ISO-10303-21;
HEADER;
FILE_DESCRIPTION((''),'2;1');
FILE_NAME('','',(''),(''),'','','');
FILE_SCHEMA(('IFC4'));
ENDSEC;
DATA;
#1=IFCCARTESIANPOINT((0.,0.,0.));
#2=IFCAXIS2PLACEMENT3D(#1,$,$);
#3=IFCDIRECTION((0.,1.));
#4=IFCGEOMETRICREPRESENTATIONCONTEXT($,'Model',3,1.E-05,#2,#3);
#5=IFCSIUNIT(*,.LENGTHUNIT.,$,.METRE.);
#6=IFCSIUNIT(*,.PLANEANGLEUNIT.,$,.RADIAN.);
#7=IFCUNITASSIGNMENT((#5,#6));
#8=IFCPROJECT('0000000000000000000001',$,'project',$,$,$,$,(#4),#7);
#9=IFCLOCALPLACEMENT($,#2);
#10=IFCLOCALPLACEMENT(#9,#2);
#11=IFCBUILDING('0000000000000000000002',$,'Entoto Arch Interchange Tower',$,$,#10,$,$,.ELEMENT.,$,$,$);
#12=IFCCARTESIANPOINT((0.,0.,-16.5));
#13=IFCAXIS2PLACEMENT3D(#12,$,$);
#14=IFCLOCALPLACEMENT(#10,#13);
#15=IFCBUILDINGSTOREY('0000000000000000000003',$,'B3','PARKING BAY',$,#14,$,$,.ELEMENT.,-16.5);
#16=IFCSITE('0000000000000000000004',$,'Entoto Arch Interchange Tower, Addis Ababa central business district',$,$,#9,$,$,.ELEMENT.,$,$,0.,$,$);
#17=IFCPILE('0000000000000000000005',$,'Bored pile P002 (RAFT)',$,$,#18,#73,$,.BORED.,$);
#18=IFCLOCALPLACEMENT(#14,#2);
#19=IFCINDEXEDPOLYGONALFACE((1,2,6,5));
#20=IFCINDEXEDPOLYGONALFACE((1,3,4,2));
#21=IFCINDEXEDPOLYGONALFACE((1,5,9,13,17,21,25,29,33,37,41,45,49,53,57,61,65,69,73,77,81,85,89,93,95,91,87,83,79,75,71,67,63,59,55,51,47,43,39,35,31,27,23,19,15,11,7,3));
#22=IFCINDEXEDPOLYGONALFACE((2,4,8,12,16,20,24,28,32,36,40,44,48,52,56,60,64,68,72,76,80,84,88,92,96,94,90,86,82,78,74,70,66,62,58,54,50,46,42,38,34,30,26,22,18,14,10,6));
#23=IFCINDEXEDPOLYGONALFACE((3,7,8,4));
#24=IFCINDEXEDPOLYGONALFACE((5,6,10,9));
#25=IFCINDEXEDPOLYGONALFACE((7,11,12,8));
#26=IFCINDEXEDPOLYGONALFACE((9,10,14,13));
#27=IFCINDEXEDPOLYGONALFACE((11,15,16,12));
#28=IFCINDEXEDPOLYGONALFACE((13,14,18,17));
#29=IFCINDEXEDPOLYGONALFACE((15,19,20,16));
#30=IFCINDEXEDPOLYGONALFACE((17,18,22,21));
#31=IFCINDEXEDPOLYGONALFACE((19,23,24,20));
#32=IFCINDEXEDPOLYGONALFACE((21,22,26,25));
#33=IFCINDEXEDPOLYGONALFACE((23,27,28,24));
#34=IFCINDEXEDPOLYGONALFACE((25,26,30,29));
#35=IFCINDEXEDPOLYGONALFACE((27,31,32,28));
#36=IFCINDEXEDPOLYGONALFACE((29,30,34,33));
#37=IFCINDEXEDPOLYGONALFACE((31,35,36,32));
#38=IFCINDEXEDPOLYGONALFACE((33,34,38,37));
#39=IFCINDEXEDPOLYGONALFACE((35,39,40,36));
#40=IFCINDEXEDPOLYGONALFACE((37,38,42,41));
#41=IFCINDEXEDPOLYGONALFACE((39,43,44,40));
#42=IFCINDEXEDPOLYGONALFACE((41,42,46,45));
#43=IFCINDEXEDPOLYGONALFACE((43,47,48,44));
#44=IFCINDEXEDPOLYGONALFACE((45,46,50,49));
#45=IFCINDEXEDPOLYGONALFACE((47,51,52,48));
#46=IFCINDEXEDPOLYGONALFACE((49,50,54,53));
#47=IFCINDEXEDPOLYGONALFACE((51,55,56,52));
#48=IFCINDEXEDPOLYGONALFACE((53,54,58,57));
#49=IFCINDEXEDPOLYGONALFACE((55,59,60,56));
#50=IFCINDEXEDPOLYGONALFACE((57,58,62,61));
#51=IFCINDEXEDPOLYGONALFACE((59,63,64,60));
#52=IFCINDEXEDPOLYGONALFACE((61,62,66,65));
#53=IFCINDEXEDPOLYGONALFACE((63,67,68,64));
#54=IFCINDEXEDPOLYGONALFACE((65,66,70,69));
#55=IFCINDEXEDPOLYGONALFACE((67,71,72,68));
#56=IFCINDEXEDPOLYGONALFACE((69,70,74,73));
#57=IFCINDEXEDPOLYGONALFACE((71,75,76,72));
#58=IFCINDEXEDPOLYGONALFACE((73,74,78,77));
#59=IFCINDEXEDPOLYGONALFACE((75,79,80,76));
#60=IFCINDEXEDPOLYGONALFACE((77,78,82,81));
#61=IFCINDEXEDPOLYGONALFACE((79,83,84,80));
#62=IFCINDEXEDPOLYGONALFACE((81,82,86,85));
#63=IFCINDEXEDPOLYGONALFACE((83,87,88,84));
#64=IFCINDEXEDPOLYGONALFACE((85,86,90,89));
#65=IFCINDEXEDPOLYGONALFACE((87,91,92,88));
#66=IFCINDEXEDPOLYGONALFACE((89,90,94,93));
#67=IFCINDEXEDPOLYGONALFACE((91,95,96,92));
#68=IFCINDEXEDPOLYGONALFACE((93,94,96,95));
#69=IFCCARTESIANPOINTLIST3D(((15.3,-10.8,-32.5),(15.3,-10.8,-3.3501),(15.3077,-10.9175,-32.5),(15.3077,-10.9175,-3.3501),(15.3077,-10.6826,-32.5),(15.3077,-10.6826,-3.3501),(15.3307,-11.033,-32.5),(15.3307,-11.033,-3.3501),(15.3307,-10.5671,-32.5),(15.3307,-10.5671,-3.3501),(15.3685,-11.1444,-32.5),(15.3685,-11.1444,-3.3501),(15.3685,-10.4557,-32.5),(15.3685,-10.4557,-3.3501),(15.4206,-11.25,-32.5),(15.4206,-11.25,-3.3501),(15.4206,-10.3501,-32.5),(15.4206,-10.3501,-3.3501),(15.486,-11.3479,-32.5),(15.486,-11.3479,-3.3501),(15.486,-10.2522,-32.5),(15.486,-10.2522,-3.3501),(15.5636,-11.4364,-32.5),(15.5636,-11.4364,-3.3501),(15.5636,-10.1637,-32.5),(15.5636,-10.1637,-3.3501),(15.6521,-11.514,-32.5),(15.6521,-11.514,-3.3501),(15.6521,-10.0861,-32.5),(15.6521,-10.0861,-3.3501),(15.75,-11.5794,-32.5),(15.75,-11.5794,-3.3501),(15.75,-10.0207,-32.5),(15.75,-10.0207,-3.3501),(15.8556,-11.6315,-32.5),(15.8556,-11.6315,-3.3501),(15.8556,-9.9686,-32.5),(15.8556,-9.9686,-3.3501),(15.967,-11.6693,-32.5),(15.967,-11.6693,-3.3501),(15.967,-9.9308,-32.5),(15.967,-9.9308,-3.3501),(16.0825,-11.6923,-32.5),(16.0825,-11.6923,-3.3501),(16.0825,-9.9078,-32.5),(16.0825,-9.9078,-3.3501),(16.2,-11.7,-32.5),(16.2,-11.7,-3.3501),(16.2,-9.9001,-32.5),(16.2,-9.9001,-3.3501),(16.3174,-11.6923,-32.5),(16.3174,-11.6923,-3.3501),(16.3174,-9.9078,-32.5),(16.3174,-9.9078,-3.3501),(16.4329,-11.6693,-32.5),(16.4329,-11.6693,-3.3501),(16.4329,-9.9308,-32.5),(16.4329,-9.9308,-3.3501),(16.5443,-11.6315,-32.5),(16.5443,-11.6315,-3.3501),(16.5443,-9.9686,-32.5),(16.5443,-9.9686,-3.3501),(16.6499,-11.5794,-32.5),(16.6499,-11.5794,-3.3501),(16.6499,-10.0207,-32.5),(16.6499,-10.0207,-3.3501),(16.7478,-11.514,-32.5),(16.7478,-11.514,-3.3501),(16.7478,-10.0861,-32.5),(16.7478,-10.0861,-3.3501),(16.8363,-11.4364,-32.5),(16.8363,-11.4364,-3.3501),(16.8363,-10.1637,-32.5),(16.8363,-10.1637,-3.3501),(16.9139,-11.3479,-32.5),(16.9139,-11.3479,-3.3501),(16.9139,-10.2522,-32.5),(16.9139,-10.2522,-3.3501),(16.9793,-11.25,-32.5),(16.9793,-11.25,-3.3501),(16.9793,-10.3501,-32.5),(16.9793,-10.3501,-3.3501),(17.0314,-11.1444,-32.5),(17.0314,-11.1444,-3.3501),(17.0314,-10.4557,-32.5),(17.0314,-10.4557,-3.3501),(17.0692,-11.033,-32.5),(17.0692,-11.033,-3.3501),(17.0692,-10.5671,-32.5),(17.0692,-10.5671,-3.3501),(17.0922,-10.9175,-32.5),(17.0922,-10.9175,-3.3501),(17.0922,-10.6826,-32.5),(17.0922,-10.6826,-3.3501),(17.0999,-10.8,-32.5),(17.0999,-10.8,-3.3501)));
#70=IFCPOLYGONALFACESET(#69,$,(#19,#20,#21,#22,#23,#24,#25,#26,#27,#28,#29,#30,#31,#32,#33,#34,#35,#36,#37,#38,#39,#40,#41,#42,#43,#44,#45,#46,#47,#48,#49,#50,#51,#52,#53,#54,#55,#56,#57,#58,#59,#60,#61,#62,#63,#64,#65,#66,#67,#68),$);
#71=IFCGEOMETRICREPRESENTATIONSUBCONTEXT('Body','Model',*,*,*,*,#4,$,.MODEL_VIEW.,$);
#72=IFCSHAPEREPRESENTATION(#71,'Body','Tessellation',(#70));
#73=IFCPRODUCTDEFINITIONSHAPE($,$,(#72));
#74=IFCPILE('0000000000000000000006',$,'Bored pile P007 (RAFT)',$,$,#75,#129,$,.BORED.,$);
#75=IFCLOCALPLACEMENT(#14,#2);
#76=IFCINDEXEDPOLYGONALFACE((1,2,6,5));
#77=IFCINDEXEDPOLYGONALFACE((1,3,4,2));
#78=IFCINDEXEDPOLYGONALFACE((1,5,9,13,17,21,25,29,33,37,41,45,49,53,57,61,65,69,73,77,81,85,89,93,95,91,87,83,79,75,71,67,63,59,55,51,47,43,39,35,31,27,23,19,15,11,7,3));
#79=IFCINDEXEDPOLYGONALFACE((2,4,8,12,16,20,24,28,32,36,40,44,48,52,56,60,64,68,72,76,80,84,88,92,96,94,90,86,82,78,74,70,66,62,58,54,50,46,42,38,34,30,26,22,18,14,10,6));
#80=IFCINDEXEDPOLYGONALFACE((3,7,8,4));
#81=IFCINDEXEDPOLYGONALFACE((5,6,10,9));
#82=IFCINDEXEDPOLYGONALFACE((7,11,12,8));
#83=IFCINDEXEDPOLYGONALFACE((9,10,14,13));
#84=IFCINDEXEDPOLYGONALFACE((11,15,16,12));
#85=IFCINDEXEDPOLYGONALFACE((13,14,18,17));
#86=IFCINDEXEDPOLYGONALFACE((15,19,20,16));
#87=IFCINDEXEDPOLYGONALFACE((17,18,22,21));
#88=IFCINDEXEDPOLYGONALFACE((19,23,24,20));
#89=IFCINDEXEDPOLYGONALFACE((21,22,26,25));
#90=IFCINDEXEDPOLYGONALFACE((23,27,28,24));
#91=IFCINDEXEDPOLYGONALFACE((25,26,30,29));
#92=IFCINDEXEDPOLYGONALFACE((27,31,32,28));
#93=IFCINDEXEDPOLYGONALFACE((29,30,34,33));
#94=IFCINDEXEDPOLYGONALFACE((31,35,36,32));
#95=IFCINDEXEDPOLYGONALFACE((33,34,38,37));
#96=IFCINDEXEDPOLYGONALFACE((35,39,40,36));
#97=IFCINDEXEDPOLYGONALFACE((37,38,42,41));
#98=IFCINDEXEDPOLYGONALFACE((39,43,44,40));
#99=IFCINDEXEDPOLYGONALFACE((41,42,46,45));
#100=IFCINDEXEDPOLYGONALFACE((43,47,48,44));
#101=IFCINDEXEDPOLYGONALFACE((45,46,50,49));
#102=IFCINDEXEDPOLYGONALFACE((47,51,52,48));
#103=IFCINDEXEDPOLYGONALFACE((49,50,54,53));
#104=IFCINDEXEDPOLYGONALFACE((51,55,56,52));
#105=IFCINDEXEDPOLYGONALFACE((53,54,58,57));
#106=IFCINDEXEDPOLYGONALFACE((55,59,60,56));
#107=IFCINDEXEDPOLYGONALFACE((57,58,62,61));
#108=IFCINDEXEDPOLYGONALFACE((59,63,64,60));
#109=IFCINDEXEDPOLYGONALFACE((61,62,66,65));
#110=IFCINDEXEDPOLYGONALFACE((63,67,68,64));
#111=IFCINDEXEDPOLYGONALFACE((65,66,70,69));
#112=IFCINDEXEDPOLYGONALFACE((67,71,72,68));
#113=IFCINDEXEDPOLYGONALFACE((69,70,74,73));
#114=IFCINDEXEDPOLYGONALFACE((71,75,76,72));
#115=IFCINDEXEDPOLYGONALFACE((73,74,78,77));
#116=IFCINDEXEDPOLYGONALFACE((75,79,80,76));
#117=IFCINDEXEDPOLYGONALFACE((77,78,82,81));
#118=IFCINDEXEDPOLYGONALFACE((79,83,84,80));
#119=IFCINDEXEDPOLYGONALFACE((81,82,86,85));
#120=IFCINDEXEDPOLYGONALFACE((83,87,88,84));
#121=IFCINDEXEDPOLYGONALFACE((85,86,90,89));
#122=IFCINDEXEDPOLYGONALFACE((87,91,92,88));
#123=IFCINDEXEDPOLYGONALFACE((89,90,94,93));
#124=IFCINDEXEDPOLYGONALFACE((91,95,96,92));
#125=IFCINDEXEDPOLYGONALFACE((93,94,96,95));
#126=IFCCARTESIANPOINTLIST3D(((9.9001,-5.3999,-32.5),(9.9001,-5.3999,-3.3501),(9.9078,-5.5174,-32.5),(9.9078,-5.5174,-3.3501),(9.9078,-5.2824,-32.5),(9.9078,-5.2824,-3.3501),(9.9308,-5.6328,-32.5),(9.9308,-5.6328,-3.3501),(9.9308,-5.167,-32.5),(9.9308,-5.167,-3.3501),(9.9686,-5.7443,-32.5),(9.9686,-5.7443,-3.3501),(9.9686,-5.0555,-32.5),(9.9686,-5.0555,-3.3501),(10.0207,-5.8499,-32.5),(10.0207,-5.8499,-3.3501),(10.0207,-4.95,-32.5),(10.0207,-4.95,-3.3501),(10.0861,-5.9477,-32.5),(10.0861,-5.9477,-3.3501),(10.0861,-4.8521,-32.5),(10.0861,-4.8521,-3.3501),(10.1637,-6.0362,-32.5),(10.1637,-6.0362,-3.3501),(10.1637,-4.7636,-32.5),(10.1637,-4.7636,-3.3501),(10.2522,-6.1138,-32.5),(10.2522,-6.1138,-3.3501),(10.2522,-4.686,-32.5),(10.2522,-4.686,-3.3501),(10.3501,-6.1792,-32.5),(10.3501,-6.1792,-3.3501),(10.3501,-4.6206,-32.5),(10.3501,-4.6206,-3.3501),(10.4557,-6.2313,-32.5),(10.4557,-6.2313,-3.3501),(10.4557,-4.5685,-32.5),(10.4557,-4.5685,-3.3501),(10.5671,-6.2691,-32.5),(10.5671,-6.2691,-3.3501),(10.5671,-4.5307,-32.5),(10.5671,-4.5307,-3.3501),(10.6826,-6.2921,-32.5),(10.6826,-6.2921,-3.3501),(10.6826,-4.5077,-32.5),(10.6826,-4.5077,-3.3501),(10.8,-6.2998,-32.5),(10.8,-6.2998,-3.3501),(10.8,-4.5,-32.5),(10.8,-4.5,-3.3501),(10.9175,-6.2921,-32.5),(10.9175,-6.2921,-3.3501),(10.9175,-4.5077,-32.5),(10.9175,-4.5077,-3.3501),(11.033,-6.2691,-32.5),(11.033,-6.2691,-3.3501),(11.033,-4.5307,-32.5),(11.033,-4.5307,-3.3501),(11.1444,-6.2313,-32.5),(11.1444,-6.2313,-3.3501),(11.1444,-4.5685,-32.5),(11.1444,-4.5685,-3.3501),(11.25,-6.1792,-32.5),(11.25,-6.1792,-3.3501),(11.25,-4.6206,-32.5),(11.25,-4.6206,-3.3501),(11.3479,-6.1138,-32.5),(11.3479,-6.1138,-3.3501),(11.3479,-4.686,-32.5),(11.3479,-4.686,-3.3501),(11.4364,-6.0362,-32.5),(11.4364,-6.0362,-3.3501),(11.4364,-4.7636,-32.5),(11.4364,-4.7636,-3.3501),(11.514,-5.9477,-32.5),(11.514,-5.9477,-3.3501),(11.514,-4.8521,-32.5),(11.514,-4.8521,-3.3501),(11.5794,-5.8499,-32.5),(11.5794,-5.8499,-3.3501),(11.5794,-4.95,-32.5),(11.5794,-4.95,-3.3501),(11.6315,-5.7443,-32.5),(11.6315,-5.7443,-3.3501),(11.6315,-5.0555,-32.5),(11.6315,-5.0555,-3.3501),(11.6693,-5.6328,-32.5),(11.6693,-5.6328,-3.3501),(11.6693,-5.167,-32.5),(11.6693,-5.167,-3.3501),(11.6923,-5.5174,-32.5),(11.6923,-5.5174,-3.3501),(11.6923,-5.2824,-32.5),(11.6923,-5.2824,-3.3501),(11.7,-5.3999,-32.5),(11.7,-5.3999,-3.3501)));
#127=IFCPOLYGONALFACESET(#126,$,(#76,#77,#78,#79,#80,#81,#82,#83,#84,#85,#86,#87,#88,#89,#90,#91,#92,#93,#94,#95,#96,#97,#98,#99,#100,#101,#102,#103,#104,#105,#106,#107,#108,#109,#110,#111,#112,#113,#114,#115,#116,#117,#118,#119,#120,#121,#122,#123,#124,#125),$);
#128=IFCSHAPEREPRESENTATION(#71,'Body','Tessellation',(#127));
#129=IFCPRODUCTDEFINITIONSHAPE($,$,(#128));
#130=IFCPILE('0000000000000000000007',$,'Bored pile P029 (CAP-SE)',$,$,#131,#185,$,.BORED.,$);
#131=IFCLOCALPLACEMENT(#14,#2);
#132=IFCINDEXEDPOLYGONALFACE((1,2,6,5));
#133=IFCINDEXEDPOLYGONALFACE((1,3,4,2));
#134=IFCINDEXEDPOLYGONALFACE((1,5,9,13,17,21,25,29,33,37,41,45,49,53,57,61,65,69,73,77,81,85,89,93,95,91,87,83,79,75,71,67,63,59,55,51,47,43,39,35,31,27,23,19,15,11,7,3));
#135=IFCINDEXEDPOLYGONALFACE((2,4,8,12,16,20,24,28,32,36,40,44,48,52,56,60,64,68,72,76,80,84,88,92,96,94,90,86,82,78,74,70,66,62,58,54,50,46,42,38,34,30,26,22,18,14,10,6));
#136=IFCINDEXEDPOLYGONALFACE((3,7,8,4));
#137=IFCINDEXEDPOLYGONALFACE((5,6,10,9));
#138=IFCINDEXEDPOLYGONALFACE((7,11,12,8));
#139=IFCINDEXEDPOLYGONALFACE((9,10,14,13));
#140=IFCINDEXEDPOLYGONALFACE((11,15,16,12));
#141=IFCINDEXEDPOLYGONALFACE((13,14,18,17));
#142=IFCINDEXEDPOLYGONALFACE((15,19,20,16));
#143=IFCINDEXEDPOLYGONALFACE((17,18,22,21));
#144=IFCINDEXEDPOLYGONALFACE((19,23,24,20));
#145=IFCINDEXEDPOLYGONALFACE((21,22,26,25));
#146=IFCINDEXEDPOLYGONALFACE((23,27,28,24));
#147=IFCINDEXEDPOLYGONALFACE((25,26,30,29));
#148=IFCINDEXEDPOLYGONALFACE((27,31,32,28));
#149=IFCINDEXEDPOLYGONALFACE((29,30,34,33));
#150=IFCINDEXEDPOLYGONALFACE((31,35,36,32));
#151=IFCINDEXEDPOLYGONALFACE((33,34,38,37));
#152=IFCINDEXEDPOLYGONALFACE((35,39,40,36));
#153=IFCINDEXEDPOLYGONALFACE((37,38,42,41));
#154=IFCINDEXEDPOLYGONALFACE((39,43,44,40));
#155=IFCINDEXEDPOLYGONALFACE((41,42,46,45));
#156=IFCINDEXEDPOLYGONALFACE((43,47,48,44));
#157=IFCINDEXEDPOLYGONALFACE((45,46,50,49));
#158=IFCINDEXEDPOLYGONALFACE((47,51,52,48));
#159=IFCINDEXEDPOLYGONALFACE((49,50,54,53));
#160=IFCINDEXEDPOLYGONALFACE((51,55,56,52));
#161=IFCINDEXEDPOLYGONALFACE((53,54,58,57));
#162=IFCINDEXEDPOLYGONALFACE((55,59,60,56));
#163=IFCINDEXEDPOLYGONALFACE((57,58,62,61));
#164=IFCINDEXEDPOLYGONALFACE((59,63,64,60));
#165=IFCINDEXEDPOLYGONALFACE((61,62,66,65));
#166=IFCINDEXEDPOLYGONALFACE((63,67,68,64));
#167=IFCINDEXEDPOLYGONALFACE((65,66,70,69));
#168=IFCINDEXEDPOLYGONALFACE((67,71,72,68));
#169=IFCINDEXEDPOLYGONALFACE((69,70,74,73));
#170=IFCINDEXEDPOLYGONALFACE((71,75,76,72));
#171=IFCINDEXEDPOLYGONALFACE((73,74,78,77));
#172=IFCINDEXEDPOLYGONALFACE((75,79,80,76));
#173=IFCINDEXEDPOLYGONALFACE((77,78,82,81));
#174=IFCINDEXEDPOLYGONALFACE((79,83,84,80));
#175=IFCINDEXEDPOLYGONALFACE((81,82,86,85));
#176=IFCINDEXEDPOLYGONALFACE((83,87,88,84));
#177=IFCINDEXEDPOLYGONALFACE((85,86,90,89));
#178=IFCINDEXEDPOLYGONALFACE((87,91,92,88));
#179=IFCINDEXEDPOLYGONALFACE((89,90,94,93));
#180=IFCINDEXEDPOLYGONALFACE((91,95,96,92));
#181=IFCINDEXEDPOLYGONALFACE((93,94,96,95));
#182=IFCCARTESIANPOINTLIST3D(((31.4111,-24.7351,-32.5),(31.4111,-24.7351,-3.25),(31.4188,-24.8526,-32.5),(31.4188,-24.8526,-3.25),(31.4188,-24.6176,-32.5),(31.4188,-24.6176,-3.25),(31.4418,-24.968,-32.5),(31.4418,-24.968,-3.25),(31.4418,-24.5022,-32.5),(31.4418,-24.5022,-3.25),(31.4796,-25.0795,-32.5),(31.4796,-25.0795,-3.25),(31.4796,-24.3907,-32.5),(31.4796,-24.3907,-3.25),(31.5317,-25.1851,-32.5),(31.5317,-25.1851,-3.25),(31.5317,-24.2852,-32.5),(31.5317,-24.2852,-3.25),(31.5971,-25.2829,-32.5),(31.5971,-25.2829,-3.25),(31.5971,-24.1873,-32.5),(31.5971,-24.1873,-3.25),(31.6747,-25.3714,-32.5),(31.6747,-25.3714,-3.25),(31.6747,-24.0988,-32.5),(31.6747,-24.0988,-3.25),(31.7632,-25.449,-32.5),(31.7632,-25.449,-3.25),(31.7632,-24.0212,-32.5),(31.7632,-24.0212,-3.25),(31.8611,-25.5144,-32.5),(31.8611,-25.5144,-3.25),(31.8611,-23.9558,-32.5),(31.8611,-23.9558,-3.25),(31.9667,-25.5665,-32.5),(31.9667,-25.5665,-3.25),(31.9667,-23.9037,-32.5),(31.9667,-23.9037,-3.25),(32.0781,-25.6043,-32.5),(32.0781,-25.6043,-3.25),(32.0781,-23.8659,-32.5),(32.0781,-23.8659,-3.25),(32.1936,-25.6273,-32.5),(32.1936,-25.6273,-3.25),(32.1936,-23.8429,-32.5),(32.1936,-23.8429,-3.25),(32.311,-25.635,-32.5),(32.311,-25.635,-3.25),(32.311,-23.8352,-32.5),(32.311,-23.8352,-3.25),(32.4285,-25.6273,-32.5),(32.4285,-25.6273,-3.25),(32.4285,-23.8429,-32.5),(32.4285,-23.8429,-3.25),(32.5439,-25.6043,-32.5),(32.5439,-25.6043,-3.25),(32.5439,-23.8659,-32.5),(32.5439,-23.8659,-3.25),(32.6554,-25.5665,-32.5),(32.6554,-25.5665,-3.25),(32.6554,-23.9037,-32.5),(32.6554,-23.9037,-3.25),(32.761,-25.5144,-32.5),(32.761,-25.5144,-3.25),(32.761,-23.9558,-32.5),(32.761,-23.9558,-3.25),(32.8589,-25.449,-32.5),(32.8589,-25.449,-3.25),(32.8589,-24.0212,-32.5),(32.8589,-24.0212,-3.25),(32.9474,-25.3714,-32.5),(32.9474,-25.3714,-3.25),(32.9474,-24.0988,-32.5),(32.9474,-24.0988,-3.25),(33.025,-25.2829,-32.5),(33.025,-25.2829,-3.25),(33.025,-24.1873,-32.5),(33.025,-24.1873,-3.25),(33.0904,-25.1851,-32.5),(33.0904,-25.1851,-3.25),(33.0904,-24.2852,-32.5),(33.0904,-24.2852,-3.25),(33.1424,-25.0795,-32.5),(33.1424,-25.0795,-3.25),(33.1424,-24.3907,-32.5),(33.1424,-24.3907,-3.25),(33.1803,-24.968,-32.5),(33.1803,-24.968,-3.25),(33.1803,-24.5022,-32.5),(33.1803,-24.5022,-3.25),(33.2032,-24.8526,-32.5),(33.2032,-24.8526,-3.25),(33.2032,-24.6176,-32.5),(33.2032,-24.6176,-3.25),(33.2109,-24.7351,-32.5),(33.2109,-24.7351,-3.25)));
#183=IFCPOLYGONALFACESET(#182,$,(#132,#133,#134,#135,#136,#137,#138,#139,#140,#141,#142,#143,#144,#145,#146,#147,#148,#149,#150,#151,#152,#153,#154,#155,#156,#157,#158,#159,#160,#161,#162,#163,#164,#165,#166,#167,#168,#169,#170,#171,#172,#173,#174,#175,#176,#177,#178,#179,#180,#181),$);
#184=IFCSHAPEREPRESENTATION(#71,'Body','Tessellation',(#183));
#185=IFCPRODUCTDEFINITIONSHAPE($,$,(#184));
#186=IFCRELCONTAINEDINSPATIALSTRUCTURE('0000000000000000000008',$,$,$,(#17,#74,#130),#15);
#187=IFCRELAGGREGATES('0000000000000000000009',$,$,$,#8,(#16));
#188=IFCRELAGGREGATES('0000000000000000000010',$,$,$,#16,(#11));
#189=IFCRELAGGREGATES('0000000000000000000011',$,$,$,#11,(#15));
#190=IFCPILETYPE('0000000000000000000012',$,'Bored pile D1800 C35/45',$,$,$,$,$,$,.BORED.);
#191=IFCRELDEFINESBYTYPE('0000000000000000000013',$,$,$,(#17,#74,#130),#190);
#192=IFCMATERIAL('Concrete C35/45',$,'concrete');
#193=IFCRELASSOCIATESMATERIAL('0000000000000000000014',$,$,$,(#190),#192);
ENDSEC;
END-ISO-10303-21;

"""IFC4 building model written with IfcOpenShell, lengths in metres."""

from ifc_helpers import new_model, si_unit, direction, frame, origin, origin_2d, place, context, subcontext, project, spatial, circle, extrude, material, material_profile, profile_set, type_object, element, save


model = new_model("IFC4")

# Units and contexts
model_context = context("Model", 3, precision=1e-05, world=origin(), true_north=direction((0.0, 1.0)))
body_context = subcontext(model_context, "Body", "Model", "MODEL_VIEW")
ifc_project = project(units=[si_unit("LENGTHUNIT", "METRE"), si_unit("PLANEANGLEUNIT", "RADIAN")], contexts=[model_context])

# Site, building, storey
site_placement = place(None, origin())
site = spatial("IfcSite", under=ifc_project, at=site_placement, Name="Entoto Arch Interchange Tower, Addis Ababa central business district", CompositionType="ELEMENT", RefElevation=0.0)
building_placement = place(site_placement, origin())
building = spatial("IfcBuilding", under=site, at=building_placement, Name="Entoto Arch Interchange Tower", CompositionType="ELEMENT")
storey_placement = place(building_placement, frame((0.0, 0.0, -16.5)))
storey = spatial("IfcBuildingStorey", under=building, at=storey_placement, Name="B3", Description="PARKING BAY", CompositionType="ELEMENT", Elevation=-16.5)

# Piles
ifc_material_1 = material(Name="Concrete C35/45", Category="concrete")
ifc_material_profile_1 = material_profile(ifc_material_1, circle(Radius=0.8999, at=origin_2d()))
ifc_profile_set_1 = profile_set([ifc_material_profile_1], Name="Concrete C35/45")
pile_type = type_object("IfcPileType", Name="Bored pile D1800 C35/45", PredefinedType="BORED", material=ifc_profile_set_1)
for number, where, z_axis, x_axis, name in (
    (1, (16.2, -10.8, -3.3501), (0.0, 0.0, -1.0), (1.0, 0.0, 0.0), "Bored pile P002 (RAFT)"),
    (2, (10.8, -5.3999, -3.3501), (0.0, 0.0, -1.0), (1.0, 0.0, 0.0), "Bored pile P007 (RAFT)"),
):
    element("IfcPile", number, at=place(storey_placement, frame(where, z_axis=z_axis, x_axis=x_axis)), inside=storey, type_object=pile_type, Name=name, PredefinedType="BORED", context=body_context, shape_type="SweptSolid", body=[
        extrude(circle(Radius=0.8999, at=origin_2d()), origin(), (0.0, 0.0, 1.0), 29.1499),
    ])
for number, where, z_axis, x_axis, name in (
    (3, (32.311, -24.7351, -3.25), (0.0, 0.0, -1.0), (1.0, 0.0, 0.0), "Bored pile P029 (CAP-SE)"),
):
    element("IfcPile", number, at=place(storey_placement, frame(where, z_axis=z_axis, x_axis=x_axis)), inside=storey, type_object=pile_type, Name=name, PredefinedType="BORED", context=body_context, shape_type="SweptSolid", body=[
        extrude(circle(Radius=0.8999, at=origin_2d()), origin(), (0.0, 0.0, 1.0), 29.25),
    ])

save(model, "model.ifc")
